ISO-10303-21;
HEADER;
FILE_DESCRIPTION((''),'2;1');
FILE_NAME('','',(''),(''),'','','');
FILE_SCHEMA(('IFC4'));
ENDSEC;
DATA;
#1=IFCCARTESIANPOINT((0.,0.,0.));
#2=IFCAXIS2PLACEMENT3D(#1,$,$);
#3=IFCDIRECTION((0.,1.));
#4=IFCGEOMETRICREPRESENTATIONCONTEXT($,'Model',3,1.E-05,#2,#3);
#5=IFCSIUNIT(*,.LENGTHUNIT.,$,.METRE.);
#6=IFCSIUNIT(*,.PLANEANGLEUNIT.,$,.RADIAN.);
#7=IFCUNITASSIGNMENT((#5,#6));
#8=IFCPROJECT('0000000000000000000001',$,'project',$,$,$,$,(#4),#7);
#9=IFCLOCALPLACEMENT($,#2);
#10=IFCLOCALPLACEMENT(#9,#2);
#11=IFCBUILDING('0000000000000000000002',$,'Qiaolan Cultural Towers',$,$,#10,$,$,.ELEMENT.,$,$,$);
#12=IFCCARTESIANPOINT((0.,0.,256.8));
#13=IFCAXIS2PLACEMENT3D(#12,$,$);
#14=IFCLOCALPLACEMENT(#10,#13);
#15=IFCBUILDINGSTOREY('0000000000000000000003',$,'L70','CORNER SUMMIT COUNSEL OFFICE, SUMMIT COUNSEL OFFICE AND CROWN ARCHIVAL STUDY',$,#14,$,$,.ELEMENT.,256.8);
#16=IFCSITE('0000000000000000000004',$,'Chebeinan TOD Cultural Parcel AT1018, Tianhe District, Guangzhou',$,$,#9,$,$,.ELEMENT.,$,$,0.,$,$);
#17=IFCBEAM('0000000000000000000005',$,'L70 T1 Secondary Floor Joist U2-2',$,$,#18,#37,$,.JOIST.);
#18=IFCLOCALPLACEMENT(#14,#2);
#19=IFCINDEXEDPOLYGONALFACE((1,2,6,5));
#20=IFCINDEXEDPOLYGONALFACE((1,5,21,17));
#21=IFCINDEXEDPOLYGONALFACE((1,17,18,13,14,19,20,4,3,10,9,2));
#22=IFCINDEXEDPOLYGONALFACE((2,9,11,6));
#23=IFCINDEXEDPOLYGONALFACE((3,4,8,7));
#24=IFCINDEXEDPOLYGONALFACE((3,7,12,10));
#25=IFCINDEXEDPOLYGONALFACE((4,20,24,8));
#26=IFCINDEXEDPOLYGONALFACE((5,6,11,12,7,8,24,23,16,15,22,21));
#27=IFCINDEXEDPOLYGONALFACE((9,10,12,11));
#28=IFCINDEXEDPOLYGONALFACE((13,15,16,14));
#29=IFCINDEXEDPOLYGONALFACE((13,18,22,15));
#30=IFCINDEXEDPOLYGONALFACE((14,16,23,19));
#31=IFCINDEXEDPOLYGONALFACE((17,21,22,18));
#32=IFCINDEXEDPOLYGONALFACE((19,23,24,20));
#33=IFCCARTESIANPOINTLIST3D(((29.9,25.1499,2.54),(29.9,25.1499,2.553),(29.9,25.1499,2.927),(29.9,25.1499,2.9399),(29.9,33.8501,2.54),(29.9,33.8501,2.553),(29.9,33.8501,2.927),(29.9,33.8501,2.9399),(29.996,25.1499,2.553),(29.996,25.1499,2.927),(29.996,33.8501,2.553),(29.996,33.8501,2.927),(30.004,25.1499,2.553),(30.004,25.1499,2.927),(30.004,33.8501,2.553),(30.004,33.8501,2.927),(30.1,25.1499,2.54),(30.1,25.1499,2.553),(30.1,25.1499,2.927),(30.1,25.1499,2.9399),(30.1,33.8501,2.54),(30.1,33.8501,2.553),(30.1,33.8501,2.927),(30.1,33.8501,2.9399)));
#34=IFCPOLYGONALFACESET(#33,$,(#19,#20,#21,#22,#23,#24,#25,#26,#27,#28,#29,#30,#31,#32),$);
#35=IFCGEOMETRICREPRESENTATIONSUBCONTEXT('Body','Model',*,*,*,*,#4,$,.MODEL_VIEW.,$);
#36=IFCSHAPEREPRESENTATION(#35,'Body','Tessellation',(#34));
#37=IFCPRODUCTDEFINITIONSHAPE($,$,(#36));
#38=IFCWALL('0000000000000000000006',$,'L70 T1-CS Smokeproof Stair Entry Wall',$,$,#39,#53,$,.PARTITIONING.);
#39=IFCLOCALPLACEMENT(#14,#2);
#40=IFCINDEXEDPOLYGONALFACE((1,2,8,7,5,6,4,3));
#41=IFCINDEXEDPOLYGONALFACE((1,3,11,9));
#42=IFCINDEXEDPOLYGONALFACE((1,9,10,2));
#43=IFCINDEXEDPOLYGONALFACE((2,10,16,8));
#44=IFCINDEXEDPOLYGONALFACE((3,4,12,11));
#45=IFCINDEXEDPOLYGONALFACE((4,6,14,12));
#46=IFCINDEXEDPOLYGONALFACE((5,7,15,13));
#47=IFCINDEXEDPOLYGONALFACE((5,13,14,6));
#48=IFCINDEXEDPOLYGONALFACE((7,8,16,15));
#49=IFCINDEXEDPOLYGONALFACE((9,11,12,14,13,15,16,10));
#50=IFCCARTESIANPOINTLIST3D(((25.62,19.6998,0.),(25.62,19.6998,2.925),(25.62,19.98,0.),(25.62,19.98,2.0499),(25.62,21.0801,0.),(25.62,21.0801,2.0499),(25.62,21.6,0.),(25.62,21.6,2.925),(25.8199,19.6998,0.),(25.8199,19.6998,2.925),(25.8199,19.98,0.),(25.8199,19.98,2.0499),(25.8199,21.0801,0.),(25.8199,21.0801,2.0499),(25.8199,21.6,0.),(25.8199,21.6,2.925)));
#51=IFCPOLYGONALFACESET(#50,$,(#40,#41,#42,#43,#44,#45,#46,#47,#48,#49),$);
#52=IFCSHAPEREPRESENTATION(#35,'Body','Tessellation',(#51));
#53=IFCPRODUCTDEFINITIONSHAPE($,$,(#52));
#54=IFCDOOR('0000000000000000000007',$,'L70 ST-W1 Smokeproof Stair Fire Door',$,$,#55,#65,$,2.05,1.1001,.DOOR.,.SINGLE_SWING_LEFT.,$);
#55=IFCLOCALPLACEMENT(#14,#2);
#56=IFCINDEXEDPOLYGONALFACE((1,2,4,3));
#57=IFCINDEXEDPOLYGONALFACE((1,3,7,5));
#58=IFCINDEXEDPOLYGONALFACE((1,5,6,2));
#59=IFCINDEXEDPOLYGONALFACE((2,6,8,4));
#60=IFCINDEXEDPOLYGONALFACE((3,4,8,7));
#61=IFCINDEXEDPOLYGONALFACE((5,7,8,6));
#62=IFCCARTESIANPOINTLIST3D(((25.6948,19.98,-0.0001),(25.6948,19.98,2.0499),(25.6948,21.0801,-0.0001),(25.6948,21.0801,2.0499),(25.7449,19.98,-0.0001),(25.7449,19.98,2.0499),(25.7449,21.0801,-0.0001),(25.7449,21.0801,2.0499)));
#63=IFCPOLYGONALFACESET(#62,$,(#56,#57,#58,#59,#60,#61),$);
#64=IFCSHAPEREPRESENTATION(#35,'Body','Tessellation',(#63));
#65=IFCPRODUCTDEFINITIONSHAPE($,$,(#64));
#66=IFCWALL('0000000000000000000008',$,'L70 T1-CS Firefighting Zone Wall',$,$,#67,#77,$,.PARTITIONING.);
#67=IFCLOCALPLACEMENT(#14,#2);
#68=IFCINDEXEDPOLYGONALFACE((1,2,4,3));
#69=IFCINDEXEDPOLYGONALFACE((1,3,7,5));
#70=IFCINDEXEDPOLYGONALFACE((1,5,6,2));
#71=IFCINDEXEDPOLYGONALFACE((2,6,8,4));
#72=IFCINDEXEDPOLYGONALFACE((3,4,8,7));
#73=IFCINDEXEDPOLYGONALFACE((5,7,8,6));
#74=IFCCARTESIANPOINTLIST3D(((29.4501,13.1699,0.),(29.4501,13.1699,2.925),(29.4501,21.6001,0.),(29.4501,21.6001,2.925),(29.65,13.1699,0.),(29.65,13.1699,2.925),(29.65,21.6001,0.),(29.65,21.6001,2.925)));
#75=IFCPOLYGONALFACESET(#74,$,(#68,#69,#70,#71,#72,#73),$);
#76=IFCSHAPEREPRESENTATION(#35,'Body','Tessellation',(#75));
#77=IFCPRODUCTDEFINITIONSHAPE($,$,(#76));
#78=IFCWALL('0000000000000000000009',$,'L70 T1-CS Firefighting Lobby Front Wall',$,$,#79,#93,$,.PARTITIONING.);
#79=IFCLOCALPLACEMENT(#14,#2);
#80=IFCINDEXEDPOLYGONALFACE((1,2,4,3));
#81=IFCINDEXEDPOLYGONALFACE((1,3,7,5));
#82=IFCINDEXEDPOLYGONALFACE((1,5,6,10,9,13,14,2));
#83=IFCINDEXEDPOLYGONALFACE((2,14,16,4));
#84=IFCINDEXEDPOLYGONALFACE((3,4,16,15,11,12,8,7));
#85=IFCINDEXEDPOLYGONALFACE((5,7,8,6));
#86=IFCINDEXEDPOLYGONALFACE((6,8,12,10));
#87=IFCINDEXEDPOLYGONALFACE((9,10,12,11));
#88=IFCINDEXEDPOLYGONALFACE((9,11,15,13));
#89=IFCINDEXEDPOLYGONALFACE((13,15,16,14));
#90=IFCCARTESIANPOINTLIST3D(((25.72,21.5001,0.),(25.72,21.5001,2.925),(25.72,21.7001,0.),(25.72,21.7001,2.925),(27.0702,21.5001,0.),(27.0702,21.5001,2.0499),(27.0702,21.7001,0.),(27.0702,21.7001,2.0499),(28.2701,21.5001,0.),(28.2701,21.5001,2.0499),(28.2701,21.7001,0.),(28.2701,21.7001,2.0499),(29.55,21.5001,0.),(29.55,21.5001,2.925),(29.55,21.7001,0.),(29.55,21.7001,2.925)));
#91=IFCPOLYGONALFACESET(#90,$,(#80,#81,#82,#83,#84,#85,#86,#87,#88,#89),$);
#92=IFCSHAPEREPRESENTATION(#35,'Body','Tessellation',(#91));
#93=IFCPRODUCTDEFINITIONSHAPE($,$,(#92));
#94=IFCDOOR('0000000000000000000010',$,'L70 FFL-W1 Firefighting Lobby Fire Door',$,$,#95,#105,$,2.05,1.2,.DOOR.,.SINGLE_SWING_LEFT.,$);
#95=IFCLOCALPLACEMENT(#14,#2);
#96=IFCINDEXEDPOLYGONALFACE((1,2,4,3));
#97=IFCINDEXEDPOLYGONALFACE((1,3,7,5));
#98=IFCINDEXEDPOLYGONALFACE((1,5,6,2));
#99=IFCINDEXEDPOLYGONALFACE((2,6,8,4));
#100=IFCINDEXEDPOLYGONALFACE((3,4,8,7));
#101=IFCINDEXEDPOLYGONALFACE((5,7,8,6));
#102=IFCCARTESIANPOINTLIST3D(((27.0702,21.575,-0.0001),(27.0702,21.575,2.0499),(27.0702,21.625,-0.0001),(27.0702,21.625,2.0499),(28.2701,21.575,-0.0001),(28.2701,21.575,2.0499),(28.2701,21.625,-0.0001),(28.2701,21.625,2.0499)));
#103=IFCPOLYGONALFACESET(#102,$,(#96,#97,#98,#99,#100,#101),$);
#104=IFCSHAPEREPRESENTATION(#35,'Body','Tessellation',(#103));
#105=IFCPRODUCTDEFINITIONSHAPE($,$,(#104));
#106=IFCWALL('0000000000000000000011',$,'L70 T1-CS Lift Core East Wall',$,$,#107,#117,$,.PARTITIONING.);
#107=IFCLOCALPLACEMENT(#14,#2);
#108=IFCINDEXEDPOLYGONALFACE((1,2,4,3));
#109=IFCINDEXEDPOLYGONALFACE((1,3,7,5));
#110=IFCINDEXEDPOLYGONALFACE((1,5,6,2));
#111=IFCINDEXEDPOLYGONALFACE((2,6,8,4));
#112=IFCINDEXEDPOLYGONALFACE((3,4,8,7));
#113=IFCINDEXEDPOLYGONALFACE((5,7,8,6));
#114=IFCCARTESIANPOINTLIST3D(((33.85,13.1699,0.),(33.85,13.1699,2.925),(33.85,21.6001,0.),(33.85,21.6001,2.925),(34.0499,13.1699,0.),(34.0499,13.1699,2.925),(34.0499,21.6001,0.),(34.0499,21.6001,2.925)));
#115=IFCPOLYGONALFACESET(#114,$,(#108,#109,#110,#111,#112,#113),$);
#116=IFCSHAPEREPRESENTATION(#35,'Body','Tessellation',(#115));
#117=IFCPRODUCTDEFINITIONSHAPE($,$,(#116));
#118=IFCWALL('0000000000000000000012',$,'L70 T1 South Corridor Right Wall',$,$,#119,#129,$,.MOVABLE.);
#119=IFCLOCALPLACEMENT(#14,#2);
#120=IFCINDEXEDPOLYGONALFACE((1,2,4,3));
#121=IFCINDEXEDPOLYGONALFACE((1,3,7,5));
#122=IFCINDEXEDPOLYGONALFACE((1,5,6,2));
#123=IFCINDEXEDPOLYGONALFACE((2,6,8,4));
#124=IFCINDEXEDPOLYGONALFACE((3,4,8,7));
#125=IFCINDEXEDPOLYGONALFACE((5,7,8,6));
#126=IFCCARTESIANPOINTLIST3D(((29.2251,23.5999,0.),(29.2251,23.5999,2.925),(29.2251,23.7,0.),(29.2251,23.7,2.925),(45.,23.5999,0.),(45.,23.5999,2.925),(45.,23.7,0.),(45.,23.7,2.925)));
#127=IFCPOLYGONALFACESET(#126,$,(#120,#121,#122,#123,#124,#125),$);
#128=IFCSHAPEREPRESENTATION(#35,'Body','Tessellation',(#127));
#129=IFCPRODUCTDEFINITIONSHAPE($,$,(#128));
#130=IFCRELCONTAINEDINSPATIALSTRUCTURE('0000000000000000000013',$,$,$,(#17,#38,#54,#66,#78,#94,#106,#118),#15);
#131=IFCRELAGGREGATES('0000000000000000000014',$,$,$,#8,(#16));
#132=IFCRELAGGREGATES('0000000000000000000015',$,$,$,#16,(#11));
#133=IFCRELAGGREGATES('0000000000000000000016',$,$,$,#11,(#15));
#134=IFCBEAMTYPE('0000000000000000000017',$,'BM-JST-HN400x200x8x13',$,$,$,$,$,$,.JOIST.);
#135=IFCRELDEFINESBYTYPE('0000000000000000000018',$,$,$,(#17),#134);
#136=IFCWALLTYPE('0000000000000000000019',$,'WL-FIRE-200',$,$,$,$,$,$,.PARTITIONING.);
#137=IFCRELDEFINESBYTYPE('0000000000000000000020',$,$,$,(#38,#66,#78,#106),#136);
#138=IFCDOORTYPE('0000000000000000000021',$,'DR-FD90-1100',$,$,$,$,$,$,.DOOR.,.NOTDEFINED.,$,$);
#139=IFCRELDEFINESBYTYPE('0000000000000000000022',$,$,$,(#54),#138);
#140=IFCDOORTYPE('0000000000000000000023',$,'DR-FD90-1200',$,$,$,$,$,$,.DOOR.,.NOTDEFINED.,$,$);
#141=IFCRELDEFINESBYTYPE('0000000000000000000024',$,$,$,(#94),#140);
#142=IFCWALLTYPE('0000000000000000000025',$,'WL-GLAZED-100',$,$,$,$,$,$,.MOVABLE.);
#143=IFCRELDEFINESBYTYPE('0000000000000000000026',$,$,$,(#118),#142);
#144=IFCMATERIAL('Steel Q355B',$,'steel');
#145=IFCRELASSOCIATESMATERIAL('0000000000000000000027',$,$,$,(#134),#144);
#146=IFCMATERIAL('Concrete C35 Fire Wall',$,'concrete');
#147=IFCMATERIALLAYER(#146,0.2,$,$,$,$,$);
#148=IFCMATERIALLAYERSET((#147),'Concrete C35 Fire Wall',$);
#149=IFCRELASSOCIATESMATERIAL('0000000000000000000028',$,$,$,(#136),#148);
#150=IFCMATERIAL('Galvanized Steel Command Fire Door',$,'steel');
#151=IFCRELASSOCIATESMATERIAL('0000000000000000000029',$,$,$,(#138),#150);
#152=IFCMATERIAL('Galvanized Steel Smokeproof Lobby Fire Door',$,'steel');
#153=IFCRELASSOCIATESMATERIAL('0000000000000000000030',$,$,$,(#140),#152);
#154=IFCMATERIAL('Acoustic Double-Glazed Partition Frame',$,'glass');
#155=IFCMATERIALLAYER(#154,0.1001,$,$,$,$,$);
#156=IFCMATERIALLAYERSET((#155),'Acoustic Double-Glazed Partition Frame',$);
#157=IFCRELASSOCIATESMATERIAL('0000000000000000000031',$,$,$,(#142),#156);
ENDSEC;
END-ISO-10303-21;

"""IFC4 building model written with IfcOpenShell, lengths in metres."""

from ifc_helpers import new_model, si_unit, direction, frame, frame_2d, origin, origin_2d, place, context, subcontext, project, spatial, rectangle, i_section, extrude, material, layer, layer_set, material_profile, profile_set, type_object, element, fill, save


model = new_model("IFC4")

# Units and contexts
model_context = context("Model", 3, precision=1e-05, world=origin(), true_north=direction((0.0, 1.0)))
body_context = subcontext(model_context, "Body", "Model", "MODEL_VIEW")
ifc_project = project(units=[si_unit("LENGTHUNIT", "METRE"), si_unit("PLANEANGLEUNIT", "RADIAN")], contexts=[model_context])

# Site, building, storey
site_placement = place(None, origin())
site = spatial("IfcSite", under=ifc_project, at=site_placement, Name="Chebeinan TOD Cultural Parcel AT1018, Tianhe District, Guangzhou", CompositionType="ELEMENT", RefElevation=0.0)
building_placement = place(site_placement, origin())
building = spatial("IfcBuilding", under=site, at=building_placement, Name="Qiaolan Cultural Towers", CompositionType="ELEMENT")
storey_placement = place(building_placement, frame((0.0, 0.0, 256.8)))
storey = spatial("IfcBuildingStorey", under=building, at=storey_placement, Name="L70", Description="CORNER SUMMIT COUNSEL OFFICE, SUMMIT COUNSEL OFFICE AND CROWN ARCHIVAL STUDY", CompositionType="ELEMENT", Elevation=256.8)

# Beam
ifc_material_1 = material(Name="Steel Q355B", Category="steel")
ifc_material_profile = material_profile(ifc_material_1, i_section(OverallWidth=0.2, OverallDepth=0.3999, WebThickness=0.0081, FlangeThickness=0.0129, at=origin_2d()), Name="HN400x200x8x13")
ifc_profile_set = profile_set([ifc_material_profile], Name="Steel Q355B")
beam_type = type_object("IfcBeamType", Name="BM-JST-HN400x200x8x13", PredefinedType="JOIST", material=ifc_profile_set)
beam_placement = place(storey_placement, frame((30.0, 25.1499, 2.74), z_axis=(0.0, 1.0, 0.0), x_axis=(-1.0, 0.0, 0.0)))
element("IfcBeam", 1, at=beam_placement, inside=storey, type_object=beam_type, Name="L70 T1 Secondary Floor Joist U2-2", PredefinedType="JOIST", context=body_context, shape_type="SweptSolid", body=[
    extrude(i_section(OverallWidth=0.2, OverallDepth=0.3999, WebThickness=0.0081, FlangeThickness=0.0129, at=origin_2d()), origin(), (0.0, 0.0, 1.0), 8.7002),
])

# Wall, opening, door
ifc_material_2 = material(Name="Concrete C35 Fire Wall", Category="concrete")
ifc_layer_1 = layer(ifc_material_2, 0.2)
ifc_layer_set_1 = layer_set([ifc_layer_1], Name="Concrete C35 Fire Wall")
wall_type_1 = type_object("IfcWallType", Name="WL-FIRE-200", PredefinedType="PARTITIONING", material=ifc_layer_set_1)
wall_1_placement = place(storey_placement, frame((25.72, 21.6001, 0.0), z_axis=(0.0, 0.0, 1.0), x_axis=(0.0, -1.0, 0.0)))
wall_1 = element("IfcWall", 2, at=wall_1_placement, inside=storey, type_object=wall_type_1, Name="L70 T1-CS Smokeproof Stair Entry Wall", PredefinedType="PARTITIONING", context=body_context, shape_type="SweptSolid", body=[
    extrude(rectangle(XDim=1.9001, YDim=0.2, at=frame_2d((0.9502, 0.0))), origin(), (0.0, 0.0, 1.0), 2.925),
])
opening_1_placement = place(wall_1_placement, frame((0.52, 0.0, 0.0)))
opening_1 = element("IfcOpeningElement", 3, at=opening_1_placement, cuts=wall_1, PredefinedType="OPENING", context=body_context, shape_type="SweptSolid", body=[
    extrude(rectangle(XDim=1.1001, YDim=2.05, at=frame_2d((0.55, 1.0249))), frame((0.0, 0.1099, 0.0), z_axis=(0.0, -1.0, 0.0), x_axis=(1.0, 0.0, 0.0)), (0.0, 0.0, 1.0), 0.22),
])
ifc_material_3 = material(Name="Galvanized Steel Command Fire Door", Category="steel")
door_type_1 = type_object("IfcDoorType", Name="DR-FD90-1100", OperationType="NOTDEFINED", PredefinedType="DOOR", material=ifc_material_3)
door_1_placement = place(opening_1_placement, origin())
door_1 = element("IfcDoor", 4, at=door_1_placement, inside=storey, type_object=door_type_1, Name="L70 ST-W1 Smokeproof Stair Fire Door", OperationType="SINGLE_SWING_LEFT", OverallHeight=2.05, OverallWidth=1.1001, PredefinedType="DOOR", context=body_context, shape_type="SweptSolid", body=[
    extrude(rectangle(XDim=1.1001, YDim=2.05, at=frame_2d((0.55, 1.0249))), frame((0.0, 0.0249, 0.0), z_axis=(0.0, -1.0, 0.0), x_axis=(1.0, 0.0, 0.0)), (0.0, 0.0, 1.0), 0.05),
])
fill(opening_1, door_1)

# Wall
wall_2_placement = place(storey_placement, frame((29.55, 21.6001, 0.0), z_axis=(0.0, 0.0, 1.0), x_axis=(0.0, -1.0, 0.0)))
element("IfcWall", 5, at=wall_2_placement, inside=storey, type_object=wall_type_1, Name="L70 T1-CS Firefighting Zone Wall", PredefinedType="PARTITIONING", context=body_context, shape_type="SweptSolid", body=[
    extrude(rectangle(XDim=8.4302, YDim=0.2, at=frame_2d((4.2151, 0.0))), origin(), (0.0, 0.0, 1.0), 2.925),
])

# Wall, opening, door
wall_3_placement = place(storey_placement, frame((25.72, 21.6001, 0.0), z_axis=(0.0, 0.0, 1.0), x_axis=(1.0, 0.0, 0.0)))
wall_3 = element("IfcWall", 6, at=wall_3_placement, inside=storey, type_object=wall_type_1, Name="L70 T1-CS Firefighting Lobby Front Wall", PredefinedType="PARTITIONING", context=body_context, shape_type="SweptSolid", body=[
    extrude(rectangle(XDim=3.8301, YDim=0.2, at=frame_2d((1.915, 0.0))), origin(), (0.0, 0.0, 1.0), 2.925),
])
opening_2_placement = place(wall_3_placement, frame((1.3501, 0.0, 0.0)))
opening_2 = element("IfcOpeningElement", 7, at=opening_2_placement, cuts=wall_3, PredefinedType="OPENING", context=body_context, shape_type="SweptSolid", body=[
    extrude(rectangle(XDim=1.2, YDim=2.05, at=frame_2d((0.6001, 1.0249))), frame((0.0, 0.1099, 0.0), z_axis=(0.0, -1.0, 0.0), x_axis=(1.0, 0.0, 0.0)), (0.0, 0.0, 1.0), 0.22),
])
ifc_material_4 = material(Name="Galvanized Steel Smokeproof Lobby Fire Door", Category="steel")
door_type_2 = type_object("IfcDoorType", Name="DR-FD90-1200", OperationType="NOTDEFINED", PredefinedType="DOOR", material=ifc_material_4)
door_2_placement = place(opening_2_placement, origin())
door_2 = element("IfcDoor", 8, at=door_2_placement, inside=storey, type_object=door_type_2, Name="L70 FFL-W1 Firefighting Lobby Fire Door", OperationType="SINGLE_SWING_LEFT", OverallHeight=2.05, OverallWidth=1.2, PredefinedType="DOOR", context=body_context, shape_type="SweptSolid", body=[
    extrude(rectangle(XDim=1.2, YDim=2.05, at=frame_2d((0.6001, 1.0249))), frame((0.0, 0.0249, 0.0), z_axis=(0.0, -1.0, 0.0), x_axis=(1.0, 0.0, 0.0)), (0.0, 0.0, 1.0), 0.05),
])
fill(opening_2, door_2)

# Walls
wall_4_placement = place(storey_placement, frame((33.95, 21.6001, 0.0), z_axis=(0.0, 0.0, 1.0), x_axis=(0.0, -1.0, 0.0)))
element("IfcWall", 9, at=wall_4_placement, inside=storey, type_object=wall_type_1, Name="L70 T1-CS Lift Core East Wall", PredefinedType="PARTITIONING", context=body_context, shape_type="SweptSolid", body=[
    extrude(rectangle(XDim=8.4302, YDim=0.2, at=frame_2d((4.2151, 0.0))), origin(), (0.0, 0.0, 1.0), 2.925),
])
ifc_material_5 = material(Name="Acoustic Double-Glazed Partition Frame", Category="glass")
ifc_layer_2 = layer(ifc_material_5, 0.1001)
ifc_layer_set_2 = layer_set([ifc_layer_2], Name="Acoustic Double-Glazed Partition Frame")
wall_type_2 = type_object("IfcWallType", Name="WL-GLAZED-100", PredefinedType="MOVABLE", material=ifc_layer_set_2)
wall_5_placement = place(storey_placement, frame((29.2251, 23.6499, 0.0), z_axis=(0.0, 0.0, 1.0), x_axis=(1.0, 0.0, 0.0)))
element("IfcWall", 10, at=wall_5_placement, inside=storey, type_object=wall_type_2, Name="L70 T1 South Corridor Right Wall", PredefinedType="MOVABLE", context=body_context, shape_type="SweptSolid", body=[
    extrude(rectangle(XDim=15.7749, YDim=0.1001, at=frame_2d((7.8875, 0.0))), origin(), (0.0, 0.0, 1.0), 2.925),
])

save(model, "model.ifc")
